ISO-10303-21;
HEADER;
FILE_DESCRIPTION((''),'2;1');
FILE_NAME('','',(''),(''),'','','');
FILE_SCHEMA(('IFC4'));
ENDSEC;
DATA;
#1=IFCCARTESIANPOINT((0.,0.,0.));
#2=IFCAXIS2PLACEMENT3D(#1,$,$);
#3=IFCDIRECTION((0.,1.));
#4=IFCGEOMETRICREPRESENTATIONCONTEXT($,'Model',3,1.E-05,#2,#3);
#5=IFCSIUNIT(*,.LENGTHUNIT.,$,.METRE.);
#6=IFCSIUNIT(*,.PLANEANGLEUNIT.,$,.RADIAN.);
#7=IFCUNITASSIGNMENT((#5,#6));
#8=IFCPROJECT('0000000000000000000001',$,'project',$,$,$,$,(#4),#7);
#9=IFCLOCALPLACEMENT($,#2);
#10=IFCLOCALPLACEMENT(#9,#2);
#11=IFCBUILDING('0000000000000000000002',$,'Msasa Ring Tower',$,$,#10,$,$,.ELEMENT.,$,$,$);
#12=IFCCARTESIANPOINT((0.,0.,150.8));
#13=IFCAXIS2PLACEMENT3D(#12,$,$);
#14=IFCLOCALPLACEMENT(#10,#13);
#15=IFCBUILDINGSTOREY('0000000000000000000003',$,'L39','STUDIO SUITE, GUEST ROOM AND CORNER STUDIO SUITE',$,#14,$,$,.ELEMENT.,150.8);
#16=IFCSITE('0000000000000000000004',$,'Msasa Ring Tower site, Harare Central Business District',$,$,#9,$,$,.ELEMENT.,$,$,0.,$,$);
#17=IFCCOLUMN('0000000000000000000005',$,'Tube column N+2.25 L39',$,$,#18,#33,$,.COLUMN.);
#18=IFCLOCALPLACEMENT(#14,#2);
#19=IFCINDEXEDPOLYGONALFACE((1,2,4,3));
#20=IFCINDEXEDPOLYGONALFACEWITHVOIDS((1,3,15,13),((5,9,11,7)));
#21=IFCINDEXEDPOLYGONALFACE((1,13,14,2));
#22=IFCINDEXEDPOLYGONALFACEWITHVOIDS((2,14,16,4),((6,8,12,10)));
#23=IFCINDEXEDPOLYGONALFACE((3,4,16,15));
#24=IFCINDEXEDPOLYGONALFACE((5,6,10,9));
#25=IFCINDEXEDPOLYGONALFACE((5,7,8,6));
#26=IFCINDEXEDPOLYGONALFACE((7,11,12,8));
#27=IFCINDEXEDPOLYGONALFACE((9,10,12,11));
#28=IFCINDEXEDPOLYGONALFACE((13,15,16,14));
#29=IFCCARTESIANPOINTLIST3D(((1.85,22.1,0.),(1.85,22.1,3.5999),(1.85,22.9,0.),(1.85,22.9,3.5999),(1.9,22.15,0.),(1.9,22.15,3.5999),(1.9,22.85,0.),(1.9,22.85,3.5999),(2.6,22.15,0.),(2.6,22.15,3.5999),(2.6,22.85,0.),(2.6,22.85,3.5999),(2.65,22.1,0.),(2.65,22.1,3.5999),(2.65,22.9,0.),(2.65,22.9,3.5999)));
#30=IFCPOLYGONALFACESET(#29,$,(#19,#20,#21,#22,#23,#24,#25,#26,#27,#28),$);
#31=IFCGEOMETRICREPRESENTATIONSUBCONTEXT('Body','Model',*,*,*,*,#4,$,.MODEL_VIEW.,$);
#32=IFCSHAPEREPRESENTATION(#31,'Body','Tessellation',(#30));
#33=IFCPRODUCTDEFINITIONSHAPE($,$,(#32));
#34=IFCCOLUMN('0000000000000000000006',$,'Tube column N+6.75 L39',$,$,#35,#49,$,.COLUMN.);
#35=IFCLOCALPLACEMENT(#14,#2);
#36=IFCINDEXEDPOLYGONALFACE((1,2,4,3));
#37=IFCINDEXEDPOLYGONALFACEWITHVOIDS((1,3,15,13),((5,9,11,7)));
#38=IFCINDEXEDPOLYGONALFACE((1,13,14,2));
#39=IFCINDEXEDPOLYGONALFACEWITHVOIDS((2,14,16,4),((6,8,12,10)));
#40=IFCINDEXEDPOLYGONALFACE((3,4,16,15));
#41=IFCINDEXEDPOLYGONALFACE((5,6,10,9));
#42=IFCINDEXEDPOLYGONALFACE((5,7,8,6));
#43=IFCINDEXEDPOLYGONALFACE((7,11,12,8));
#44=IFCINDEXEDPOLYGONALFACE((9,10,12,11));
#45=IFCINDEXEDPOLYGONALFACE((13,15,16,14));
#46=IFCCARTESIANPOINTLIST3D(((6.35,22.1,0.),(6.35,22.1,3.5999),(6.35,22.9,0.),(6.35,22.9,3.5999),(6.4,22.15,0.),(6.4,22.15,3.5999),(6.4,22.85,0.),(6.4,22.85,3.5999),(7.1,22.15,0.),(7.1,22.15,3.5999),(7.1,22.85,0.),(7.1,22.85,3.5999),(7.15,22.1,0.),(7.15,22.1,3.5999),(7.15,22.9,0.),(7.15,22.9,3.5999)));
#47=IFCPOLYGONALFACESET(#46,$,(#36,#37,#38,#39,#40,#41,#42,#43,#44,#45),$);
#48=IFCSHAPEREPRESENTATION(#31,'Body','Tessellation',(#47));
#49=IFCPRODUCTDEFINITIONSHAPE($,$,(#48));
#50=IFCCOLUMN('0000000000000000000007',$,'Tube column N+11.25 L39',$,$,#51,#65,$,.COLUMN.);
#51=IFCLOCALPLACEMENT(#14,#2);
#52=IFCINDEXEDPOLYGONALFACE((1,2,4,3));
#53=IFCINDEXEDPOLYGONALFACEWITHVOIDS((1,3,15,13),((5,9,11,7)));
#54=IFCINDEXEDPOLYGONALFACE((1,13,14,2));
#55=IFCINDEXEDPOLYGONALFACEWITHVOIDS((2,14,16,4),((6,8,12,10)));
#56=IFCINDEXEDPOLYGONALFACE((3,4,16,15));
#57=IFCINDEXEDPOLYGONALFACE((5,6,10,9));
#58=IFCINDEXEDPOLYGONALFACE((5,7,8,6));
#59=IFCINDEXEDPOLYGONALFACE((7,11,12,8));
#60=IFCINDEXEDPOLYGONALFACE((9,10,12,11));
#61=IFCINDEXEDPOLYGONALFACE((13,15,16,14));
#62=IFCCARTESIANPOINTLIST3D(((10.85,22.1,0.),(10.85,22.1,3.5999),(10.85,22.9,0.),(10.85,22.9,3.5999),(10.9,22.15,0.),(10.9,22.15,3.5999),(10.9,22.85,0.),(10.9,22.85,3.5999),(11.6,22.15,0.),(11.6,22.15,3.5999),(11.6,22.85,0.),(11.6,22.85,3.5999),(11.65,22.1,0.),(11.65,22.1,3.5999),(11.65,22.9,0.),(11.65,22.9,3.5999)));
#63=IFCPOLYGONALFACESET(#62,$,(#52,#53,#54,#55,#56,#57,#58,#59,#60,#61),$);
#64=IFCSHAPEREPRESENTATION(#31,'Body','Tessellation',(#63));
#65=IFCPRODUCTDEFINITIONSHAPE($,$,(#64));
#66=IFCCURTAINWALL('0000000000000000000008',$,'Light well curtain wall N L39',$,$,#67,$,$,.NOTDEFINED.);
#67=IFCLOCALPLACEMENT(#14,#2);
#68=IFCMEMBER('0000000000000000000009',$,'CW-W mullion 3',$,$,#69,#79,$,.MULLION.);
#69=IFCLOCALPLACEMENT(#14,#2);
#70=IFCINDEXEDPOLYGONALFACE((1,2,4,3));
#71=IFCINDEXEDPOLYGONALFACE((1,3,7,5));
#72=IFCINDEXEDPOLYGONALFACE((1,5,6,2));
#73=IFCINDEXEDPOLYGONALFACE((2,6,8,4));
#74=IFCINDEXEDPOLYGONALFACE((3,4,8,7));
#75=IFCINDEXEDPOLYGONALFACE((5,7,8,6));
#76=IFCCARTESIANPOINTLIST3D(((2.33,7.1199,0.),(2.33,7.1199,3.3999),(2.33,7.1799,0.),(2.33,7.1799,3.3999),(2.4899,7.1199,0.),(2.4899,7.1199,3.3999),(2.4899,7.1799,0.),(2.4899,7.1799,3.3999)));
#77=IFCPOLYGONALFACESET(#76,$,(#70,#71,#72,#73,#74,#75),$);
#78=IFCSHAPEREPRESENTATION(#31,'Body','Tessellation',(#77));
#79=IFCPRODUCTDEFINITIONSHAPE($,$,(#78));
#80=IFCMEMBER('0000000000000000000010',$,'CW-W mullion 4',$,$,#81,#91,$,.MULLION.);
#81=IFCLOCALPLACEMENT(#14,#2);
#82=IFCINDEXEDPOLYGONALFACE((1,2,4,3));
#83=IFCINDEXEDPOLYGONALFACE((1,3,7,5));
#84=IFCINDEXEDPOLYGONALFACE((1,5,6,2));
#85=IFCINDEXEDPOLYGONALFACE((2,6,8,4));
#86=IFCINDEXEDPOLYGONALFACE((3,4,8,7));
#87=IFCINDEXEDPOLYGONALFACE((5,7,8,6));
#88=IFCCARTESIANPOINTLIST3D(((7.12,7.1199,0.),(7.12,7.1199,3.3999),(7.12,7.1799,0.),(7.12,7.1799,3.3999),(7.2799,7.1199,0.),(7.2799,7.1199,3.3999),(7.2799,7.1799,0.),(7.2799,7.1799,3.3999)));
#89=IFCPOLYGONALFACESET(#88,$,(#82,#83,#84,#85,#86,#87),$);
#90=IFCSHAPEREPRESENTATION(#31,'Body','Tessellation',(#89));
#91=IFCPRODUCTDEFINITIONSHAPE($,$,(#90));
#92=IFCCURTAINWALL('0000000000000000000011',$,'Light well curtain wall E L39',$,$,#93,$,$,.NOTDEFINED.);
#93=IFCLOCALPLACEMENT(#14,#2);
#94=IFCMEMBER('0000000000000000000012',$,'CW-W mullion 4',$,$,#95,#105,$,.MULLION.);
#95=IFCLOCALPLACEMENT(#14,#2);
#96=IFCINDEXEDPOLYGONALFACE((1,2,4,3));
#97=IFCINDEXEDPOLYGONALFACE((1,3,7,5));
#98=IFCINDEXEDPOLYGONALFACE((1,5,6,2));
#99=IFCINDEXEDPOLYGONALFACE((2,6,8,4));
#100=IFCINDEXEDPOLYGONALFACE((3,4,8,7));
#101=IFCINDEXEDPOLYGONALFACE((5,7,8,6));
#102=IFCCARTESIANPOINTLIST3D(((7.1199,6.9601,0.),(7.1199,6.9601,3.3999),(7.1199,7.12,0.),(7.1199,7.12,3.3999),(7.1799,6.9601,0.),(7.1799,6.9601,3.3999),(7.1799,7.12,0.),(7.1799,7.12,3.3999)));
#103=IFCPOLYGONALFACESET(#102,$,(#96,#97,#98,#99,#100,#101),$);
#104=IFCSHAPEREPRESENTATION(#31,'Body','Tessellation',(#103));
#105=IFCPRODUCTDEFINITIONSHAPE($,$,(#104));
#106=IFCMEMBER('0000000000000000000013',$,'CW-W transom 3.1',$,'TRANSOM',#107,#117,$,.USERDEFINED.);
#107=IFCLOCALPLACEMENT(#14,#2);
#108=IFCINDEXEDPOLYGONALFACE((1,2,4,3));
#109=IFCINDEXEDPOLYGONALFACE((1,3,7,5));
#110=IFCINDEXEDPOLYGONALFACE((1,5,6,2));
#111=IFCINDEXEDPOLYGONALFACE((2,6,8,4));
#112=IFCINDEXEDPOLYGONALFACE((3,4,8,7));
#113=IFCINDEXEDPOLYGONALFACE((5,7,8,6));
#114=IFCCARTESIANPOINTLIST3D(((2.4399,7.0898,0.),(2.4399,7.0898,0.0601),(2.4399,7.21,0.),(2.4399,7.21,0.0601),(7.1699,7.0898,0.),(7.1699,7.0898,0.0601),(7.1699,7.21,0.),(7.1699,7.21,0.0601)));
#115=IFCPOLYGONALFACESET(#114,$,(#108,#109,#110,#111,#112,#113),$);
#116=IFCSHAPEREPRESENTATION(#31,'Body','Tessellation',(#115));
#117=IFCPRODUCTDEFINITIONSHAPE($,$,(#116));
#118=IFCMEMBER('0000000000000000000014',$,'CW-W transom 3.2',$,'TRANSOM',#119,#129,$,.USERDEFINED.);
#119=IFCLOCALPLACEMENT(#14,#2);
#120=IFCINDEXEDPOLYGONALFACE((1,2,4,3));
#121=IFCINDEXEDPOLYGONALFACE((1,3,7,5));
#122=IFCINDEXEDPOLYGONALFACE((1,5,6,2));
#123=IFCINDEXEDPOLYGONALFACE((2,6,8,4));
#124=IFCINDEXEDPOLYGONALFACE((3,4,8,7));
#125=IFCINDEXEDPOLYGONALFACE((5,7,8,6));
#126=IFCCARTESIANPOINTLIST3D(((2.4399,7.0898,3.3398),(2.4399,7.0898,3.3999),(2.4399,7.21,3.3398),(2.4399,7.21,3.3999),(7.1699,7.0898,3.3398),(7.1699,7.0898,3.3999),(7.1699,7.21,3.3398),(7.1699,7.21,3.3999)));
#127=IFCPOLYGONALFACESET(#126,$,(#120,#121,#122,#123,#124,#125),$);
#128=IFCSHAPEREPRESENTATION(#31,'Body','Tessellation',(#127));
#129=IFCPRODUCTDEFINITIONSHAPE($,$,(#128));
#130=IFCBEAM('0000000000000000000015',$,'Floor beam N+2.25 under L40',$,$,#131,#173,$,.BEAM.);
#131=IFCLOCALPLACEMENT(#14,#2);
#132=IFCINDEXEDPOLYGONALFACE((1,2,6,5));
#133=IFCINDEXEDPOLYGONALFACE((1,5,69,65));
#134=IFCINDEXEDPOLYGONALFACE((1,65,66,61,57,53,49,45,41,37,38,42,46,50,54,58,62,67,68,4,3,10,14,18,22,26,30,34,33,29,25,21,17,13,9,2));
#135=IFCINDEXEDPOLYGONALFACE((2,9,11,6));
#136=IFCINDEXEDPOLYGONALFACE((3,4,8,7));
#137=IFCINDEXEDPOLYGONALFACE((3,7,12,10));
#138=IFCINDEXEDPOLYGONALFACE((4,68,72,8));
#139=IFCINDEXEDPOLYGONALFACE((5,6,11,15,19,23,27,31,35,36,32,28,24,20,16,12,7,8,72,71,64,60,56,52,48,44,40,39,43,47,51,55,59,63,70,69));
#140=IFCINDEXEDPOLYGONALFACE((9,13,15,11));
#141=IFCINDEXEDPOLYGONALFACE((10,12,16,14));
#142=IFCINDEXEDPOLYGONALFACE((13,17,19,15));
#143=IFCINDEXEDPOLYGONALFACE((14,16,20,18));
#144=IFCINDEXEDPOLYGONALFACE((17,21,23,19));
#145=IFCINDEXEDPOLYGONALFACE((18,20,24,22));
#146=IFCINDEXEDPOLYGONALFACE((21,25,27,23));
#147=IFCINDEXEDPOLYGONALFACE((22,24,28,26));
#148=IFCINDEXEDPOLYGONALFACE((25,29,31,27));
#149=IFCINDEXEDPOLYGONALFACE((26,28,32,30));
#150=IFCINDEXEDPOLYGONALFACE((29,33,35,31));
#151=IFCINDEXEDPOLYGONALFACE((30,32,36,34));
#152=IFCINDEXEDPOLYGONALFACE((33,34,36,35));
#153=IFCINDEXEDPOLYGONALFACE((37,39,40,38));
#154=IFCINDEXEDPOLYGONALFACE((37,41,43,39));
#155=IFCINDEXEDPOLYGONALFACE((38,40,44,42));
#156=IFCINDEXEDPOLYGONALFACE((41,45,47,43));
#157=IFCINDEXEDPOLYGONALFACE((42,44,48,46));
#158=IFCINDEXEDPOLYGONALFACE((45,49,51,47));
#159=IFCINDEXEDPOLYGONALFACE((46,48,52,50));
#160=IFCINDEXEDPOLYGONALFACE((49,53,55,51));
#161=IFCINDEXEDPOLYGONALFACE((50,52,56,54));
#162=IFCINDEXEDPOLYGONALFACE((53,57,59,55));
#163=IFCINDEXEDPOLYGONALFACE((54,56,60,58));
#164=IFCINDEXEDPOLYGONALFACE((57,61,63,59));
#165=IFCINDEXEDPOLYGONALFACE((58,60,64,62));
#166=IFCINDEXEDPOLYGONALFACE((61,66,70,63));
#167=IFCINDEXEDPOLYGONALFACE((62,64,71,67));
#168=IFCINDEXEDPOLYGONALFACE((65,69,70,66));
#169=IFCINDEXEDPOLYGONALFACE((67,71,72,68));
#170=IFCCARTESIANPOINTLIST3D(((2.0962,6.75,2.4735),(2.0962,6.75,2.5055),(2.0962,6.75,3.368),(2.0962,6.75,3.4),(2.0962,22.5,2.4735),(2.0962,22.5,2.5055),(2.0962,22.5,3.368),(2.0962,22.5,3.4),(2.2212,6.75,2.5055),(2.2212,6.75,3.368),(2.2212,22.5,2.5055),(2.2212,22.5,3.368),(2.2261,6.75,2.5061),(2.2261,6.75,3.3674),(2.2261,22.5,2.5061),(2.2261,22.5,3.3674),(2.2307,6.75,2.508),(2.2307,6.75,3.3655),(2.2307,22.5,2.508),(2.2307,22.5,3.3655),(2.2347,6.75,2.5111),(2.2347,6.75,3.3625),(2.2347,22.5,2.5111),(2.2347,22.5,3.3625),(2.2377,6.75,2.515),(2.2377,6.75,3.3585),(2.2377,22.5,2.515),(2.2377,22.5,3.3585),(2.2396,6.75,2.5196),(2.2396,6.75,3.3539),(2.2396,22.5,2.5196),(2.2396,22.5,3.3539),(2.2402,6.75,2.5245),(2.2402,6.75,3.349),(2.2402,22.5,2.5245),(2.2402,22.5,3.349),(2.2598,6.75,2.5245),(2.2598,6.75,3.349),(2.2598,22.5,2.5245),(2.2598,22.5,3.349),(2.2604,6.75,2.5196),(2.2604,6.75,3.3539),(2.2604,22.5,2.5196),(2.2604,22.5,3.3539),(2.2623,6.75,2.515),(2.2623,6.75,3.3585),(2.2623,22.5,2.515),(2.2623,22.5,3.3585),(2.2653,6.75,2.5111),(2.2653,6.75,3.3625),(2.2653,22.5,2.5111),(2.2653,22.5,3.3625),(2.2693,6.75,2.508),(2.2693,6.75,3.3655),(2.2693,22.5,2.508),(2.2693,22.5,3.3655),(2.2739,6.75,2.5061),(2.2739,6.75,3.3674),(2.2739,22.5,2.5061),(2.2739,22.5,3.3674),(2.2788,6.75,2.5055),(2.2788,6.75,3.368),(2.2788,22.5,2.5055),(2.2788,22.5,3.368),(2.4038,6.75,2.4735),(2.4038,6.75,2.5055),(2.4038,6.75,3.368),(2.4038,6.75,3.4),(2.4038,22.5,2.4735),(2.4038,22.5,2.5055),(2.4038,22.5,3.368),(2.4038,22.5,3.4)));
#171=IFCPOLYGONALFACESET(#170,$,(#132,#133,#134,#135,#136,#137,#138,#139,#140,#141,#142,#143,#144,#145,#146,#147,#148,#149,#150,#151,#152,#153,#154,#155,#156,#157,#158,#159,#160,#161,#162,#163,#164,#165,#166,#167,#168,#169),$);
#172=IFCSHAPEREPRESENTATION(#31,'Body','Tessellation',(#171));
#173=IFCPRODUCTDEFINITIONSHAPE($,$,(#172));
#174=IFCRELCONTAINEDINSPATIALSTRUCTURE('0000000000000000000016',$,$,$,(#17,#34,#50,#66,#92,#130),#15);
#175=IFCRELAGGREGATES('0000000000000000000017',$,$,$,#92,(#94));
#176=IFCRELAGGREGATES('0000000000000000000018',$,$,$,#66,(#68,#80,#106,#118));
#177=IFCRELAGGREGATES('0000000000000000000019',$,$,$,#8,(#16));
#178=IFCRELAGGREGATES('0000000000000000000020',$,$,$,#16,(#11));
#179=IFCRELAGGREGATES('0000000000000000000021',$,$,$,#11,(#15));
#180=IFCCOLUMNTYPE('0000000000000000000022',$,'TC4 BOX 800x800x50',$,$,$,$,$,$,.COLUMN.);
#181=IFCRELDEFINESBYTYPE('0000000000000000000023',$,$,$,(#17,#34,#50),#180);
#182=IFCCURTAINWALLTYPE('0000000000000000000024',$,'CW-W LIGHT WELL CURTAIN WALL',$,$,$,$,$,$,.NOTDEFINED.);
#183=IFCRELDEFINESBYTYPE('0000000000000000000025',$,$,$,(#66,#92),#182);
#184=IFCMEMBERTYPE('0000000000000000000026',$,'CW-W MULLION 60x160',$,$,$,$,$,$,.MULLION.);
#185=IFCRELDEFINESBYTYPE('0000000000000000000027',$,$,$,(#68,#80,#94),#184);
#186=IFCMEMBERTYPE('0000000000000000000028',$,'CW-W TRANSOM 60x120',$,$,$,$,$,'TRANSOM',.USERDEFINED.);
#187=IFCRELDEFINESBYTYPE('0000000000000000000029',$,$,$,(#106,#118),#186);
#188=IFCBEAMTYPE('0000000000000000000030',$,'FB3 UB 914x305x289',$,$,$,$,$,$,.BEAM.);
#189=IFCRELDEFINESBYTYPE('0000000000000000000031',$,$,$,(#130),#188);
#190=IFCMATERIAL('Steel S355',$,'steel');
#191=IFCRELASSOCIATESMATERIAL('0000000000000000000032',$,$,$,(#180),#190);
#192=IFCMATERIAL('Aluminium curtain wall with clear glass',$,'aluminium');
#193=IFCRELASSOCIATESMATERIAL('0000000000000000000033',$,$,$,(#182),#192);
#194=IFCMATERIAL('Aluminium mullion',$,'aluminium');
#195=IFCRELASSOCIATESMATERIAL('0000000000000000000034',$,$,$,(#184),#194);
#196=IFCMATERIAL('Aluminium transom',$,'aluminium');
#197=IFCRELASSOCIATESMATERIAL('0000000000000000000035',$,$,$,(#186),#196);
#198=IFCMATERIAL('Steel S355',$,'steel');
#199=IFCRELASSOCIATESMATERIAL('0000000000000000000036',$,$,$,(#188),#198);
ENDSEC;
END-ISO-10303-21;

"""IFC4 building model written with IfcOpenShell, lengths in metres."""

from ifc_helpers import new_model, si_unit, direction, frame, origin, origin_2d, place, context, subcontext, project, spatial, rectangle, hollow_rectangle, i_section, extrude, material, material_profile, profile_set, type_object, element, aggregate, save


model = new_model("IFC4")

# Units and contexts
model_context = context("Model", 3, precision=1e-05, world=origin(), true_north=direction((0.0, 1.0)))
body_context = subcontext(model_context, "Body", "Model", "MODEL_VIEW")
ifc_project = project(units=[si_unit("LENGTHUNIT", "METRE"), si_unit("PLANEANGLEUNIT", "RADIAN")], contexts=[model_context])

# Site, building, storey
site_placement = place(None, origin())
site = spatial("IfcSite", under=ifc_project, at=site_placement, Name="Msasa Ring Tower site, Harare Central Business District", CompositionType="ELEMENT", RefElevation=0.0)
building_placement = place(site_placement, origin())
building = spatial("IfcBuilding", under=site, at=building_placement, Name="Msasa Ring Tower", CompositionType="ELEMENT")
storey_placement = place(building_placement, frame((0.0, 0.0, 150.8)))
storey = spatial("IfcBuildingStorey", under=building, at=storey_placement, Name="L39", Description="STUDIO SUITE, GUEST ROOM AND CORNER STUDIO SUITE", CompositionType="ELEMENT", Elevation=150.8)

# Columns
ifc_material_1 = material(Name="Steel S355", Category="steel")
ifc_material_profile_1 = material_profile(ifc_material_1, hollow_rectangle(XDim=0.8, YDim=0.8, WallThickness=0.05, at=origin_2d()), Name="BOX 800x800x50")
ifc_profile_set_1 = profile_set([ifc_material_profile_1], Name="Steel S355")
column_type = type_object("IfcColumnType", Name="TC4 BOX 800x800x50", PredefinedType="COLUMN", material=ifc_profile_set_1)
for number, where, z_axis, x_axis, name in (
    (1, (2.25, 22.5, 0.0), (0.0, 0.0, 1.0), (0.0, 1.0, 0.0), "Tube column N+2.25 L39"),
    (2, (6.75, 22.5, 0.0), (0.0, 0.0, 1.0), (0.0, 1.0, 0.0), "Tube column N+6.75 L39"),
    (3, (11.25, 22.5, 0.0), (0.0, 0.0, 1.0), (0.0, 1.0, 0.0), "Tube column N+11.25 L39"),
):
    element("IfcColumn", number, at=place(storey_placement, frame(where, z_axis=z_axis, x_axis=x_axis)), inside=storey, type_object=column_type, Name=name, PredefinedType="COLUMN", context=body_context, shape_type="SweptSolid", body=[
        extrude(hollow_rectangle(XDim=0.8, YDim=0.8, WallThickness=0.05, at=origin_2d()), origin(), (0.0, 0.0, 1.0), 3.5999),
    ])

# Curtain wall, members
ifc_material_2 = material(Name="Aluminium curtain wall with clear glass", Category="aluminium")
curtain_wall_type = type_object("IfcCurtainWallType", Name="CW-W LIGHT WELL CURTAIN WALL", PredefinedType="NOTDEFINED", material=ifc_material_2)
curtain_wall_1_placement = place(storey_placement, origin())
curtain_wall_1 = element("IfcCurtainWall", 4, at=curtain_wall_1_placement, inside=storey, type_object=curtain_wall_type, Name="Light well curtain wall N L39", PredefinedType="NOTDEFINED")
ifc_material_3 = material(Name="Aluminium mullion", Category="aluminium")
ifc_material_profile_2 = material_profile(ifc_material_3, rectangle(XDim=0.0601, YDim=0.1599, at=origin_2d()), Name="AL 60x160")
ifc_profile_set_2 = profile_set([ifc_material_profile_2], Name="Aluminium mullion")
member_type_1 = type_object("IfcMemberType", Name="CW-W MULLION 60x160", PredefinedType="MULLION", material=ifc_profile_set_2)
member_1_placement = place(storey_placement, frame((2.4099, 7.1499, 0.0), z_axis=(0.0, 0.0, 1.0), x_axis=(0.0, 1.0, 0.0)))
member_1 = element("IfcMember", 5, at=member_1_placement, type_object=member_type_1, Name="CW-W mullion 3", PredefinedType="MULLION", context=body_context, shape_type="SweptSolid", body=[
    extrude(rectangle(XDim=0.0601, YDim=0.1599, at=origin_2d()), origin(), (0.0, 0.0, 1.0), 3.3999),
])
member_2_placement = place(storey_placement, frame((7.2, 7.1499, 0.0), z_axis=(0.0, 0.0, 1.0), x_axis=(0.0, 1.0, 0.0)))
member_2 = element("IfcMember", 6, at=member_2_placement, type_object=member_type_1, Name="CW-W mullion 4", PredefinedType="MULLION", context=body_context, shape_type="SweptSolid", body=[
    extrude(rectangle(XDim=0.0601, YDim=0.1599, at=origin_2d()), origin(), (0.0, 0.0, 1.0), 3.3999),
])

# Curtain wall, member
curtain_wall_2_placement = place(storey_placement, origin())
curtain_wall_2 = element("IfcCurtainWall", 7, at=curtain_wall_2_placement, inside=storey, type_object=curtain_wall_type, Name="Light well curtain wall E L39", PredefinedType="NOTDEFINED")
member_3_placement = place(storey_placement, frame((7.1499, 7.04, 0.0), z_axis=(0.0, 0.0, 1.0), x_axis=(-1.0, 0.0, 0.0)))
member_3 = element("IfcMember", 8, at=member_3_placement, type_object=member_type_1, Name="CW-W mullion 4", PredefinedType="MULLION", context=body_context, shape_type="SweptSolid", body=[
    extrude(rectangle(XDim=0.0601, YDim=0.1599, at=origin_2d()), origin(), (0.0, 0.0, 1.0), 3.3999),
])
aggregate(curtain_wall_2, [member_3])

# Members
ifc_material_4 = material(Name="Aluminium transom", Category="aluminium")
ifc_material_profile_3 = material_profile(ifc_material_4, rectangle(XDim=0.1201, YDim=0.0601, at=origin_2d()), Name="AL 60x120")
ifc_profile_set_3 = profile_set([ifc_material_profile_3], Name="Aluminium transom")
member_type_2 = type_object("IfcMemberType", Name="CW-W TRANSOM 60x120", ElementType="TRANSOM", PredefinedType="USERDEFINED", material=ifc_profile_set_3)
member_4_placement = place(storey_placement, frame((2.4399, 7.1499, 0.03), z_axis=(1.0, 0.0, 0.0), x_axis=(0.0, 1.0, 0.0)))
member_4 = element("IfcMember", 9, at=member_4_placement, type_object=member_type_2, Name="CW-W transom 3.1", ObjectType="TRANSOM", PredefinedType="USERDEFINED", context=body_context, shape_type="SweptSolid", body=[
    extrude(rectangle(XDim=0.1201, YDim=0.0601, at=origin_2d()), origin(), (0.0, 0.0, 1.0), 4.73),
])
member_5_placement = place(storey_placement, frame((2.4399, 7.1499, 3.3699), z_axis=(1.0, 0.0, 0.0), x_axis=(0.0, 1.0, 0.0)))
member_5 = element("IfcMember", 10, at=member_5_placement, type_object=member_type_2, Name="CW-W transom 3.2", ObjectType="TRANSOM", PredefinedType="USERDEFINED", context=body_context, shape_type="SweptSolid", body=[
    extrude(rectangle(XDim=0.1201, YDim=0.0601, at=origin_2d()), origin(), (0.0, 0.0, 1.0), 4.73),
])

# Beam
ifc_material_5 = material(Name="Steel S355", Category="steel")
ifc_material_profile_4 = material_profile(ifc_material_5, i_section(OverallWidth=0.3076, OverallDepth=0.9265, WebThickness=0.0195, FlangeThickness=0.032, FilletRadius=0.019, at=origin_2d()), Name="UB 914x305x289")
ifc_profile_set_4 = profile_set([ifc_material_profile_4], Name="Steel S355")
beam_type_1 = type_object("IfcBeamType", Name="FB3 UB 914x305x289", PredefinedType="BEAM", material=ifc_profile_set_4)
for number, where, z_axis, x_axis, name in (
    (11, (2.25, 22.5, 2.9368), (0.0, -1.0, 0.0), (1.0, 0.0, 0.0), "Floor beam N+2.25 under L40"),
):
    element("IfcBeam", number, at=place(storey_placement, frame(where, z_axis=z_axis, x_axis=x_axis)), inside=storey, type_object=beam_type_1, Name=name, PredefinedType="BEAM", context=body_context, shape_type="SweptSolid", body=[
        extrude(i_section(OverallWidth=0.3076, OverallDepth=0.9265, WebThickness=0.0195, FlangeThickness=0.032, FilletRadius=0.019, at=origin_2d()), origin(), (0.0, 0.0, 1.0), 15.75),
    ])

aggregate(curtain_wall_1, [member_1, member_2, member_4, member_5])

save(model, "model.ifc")
